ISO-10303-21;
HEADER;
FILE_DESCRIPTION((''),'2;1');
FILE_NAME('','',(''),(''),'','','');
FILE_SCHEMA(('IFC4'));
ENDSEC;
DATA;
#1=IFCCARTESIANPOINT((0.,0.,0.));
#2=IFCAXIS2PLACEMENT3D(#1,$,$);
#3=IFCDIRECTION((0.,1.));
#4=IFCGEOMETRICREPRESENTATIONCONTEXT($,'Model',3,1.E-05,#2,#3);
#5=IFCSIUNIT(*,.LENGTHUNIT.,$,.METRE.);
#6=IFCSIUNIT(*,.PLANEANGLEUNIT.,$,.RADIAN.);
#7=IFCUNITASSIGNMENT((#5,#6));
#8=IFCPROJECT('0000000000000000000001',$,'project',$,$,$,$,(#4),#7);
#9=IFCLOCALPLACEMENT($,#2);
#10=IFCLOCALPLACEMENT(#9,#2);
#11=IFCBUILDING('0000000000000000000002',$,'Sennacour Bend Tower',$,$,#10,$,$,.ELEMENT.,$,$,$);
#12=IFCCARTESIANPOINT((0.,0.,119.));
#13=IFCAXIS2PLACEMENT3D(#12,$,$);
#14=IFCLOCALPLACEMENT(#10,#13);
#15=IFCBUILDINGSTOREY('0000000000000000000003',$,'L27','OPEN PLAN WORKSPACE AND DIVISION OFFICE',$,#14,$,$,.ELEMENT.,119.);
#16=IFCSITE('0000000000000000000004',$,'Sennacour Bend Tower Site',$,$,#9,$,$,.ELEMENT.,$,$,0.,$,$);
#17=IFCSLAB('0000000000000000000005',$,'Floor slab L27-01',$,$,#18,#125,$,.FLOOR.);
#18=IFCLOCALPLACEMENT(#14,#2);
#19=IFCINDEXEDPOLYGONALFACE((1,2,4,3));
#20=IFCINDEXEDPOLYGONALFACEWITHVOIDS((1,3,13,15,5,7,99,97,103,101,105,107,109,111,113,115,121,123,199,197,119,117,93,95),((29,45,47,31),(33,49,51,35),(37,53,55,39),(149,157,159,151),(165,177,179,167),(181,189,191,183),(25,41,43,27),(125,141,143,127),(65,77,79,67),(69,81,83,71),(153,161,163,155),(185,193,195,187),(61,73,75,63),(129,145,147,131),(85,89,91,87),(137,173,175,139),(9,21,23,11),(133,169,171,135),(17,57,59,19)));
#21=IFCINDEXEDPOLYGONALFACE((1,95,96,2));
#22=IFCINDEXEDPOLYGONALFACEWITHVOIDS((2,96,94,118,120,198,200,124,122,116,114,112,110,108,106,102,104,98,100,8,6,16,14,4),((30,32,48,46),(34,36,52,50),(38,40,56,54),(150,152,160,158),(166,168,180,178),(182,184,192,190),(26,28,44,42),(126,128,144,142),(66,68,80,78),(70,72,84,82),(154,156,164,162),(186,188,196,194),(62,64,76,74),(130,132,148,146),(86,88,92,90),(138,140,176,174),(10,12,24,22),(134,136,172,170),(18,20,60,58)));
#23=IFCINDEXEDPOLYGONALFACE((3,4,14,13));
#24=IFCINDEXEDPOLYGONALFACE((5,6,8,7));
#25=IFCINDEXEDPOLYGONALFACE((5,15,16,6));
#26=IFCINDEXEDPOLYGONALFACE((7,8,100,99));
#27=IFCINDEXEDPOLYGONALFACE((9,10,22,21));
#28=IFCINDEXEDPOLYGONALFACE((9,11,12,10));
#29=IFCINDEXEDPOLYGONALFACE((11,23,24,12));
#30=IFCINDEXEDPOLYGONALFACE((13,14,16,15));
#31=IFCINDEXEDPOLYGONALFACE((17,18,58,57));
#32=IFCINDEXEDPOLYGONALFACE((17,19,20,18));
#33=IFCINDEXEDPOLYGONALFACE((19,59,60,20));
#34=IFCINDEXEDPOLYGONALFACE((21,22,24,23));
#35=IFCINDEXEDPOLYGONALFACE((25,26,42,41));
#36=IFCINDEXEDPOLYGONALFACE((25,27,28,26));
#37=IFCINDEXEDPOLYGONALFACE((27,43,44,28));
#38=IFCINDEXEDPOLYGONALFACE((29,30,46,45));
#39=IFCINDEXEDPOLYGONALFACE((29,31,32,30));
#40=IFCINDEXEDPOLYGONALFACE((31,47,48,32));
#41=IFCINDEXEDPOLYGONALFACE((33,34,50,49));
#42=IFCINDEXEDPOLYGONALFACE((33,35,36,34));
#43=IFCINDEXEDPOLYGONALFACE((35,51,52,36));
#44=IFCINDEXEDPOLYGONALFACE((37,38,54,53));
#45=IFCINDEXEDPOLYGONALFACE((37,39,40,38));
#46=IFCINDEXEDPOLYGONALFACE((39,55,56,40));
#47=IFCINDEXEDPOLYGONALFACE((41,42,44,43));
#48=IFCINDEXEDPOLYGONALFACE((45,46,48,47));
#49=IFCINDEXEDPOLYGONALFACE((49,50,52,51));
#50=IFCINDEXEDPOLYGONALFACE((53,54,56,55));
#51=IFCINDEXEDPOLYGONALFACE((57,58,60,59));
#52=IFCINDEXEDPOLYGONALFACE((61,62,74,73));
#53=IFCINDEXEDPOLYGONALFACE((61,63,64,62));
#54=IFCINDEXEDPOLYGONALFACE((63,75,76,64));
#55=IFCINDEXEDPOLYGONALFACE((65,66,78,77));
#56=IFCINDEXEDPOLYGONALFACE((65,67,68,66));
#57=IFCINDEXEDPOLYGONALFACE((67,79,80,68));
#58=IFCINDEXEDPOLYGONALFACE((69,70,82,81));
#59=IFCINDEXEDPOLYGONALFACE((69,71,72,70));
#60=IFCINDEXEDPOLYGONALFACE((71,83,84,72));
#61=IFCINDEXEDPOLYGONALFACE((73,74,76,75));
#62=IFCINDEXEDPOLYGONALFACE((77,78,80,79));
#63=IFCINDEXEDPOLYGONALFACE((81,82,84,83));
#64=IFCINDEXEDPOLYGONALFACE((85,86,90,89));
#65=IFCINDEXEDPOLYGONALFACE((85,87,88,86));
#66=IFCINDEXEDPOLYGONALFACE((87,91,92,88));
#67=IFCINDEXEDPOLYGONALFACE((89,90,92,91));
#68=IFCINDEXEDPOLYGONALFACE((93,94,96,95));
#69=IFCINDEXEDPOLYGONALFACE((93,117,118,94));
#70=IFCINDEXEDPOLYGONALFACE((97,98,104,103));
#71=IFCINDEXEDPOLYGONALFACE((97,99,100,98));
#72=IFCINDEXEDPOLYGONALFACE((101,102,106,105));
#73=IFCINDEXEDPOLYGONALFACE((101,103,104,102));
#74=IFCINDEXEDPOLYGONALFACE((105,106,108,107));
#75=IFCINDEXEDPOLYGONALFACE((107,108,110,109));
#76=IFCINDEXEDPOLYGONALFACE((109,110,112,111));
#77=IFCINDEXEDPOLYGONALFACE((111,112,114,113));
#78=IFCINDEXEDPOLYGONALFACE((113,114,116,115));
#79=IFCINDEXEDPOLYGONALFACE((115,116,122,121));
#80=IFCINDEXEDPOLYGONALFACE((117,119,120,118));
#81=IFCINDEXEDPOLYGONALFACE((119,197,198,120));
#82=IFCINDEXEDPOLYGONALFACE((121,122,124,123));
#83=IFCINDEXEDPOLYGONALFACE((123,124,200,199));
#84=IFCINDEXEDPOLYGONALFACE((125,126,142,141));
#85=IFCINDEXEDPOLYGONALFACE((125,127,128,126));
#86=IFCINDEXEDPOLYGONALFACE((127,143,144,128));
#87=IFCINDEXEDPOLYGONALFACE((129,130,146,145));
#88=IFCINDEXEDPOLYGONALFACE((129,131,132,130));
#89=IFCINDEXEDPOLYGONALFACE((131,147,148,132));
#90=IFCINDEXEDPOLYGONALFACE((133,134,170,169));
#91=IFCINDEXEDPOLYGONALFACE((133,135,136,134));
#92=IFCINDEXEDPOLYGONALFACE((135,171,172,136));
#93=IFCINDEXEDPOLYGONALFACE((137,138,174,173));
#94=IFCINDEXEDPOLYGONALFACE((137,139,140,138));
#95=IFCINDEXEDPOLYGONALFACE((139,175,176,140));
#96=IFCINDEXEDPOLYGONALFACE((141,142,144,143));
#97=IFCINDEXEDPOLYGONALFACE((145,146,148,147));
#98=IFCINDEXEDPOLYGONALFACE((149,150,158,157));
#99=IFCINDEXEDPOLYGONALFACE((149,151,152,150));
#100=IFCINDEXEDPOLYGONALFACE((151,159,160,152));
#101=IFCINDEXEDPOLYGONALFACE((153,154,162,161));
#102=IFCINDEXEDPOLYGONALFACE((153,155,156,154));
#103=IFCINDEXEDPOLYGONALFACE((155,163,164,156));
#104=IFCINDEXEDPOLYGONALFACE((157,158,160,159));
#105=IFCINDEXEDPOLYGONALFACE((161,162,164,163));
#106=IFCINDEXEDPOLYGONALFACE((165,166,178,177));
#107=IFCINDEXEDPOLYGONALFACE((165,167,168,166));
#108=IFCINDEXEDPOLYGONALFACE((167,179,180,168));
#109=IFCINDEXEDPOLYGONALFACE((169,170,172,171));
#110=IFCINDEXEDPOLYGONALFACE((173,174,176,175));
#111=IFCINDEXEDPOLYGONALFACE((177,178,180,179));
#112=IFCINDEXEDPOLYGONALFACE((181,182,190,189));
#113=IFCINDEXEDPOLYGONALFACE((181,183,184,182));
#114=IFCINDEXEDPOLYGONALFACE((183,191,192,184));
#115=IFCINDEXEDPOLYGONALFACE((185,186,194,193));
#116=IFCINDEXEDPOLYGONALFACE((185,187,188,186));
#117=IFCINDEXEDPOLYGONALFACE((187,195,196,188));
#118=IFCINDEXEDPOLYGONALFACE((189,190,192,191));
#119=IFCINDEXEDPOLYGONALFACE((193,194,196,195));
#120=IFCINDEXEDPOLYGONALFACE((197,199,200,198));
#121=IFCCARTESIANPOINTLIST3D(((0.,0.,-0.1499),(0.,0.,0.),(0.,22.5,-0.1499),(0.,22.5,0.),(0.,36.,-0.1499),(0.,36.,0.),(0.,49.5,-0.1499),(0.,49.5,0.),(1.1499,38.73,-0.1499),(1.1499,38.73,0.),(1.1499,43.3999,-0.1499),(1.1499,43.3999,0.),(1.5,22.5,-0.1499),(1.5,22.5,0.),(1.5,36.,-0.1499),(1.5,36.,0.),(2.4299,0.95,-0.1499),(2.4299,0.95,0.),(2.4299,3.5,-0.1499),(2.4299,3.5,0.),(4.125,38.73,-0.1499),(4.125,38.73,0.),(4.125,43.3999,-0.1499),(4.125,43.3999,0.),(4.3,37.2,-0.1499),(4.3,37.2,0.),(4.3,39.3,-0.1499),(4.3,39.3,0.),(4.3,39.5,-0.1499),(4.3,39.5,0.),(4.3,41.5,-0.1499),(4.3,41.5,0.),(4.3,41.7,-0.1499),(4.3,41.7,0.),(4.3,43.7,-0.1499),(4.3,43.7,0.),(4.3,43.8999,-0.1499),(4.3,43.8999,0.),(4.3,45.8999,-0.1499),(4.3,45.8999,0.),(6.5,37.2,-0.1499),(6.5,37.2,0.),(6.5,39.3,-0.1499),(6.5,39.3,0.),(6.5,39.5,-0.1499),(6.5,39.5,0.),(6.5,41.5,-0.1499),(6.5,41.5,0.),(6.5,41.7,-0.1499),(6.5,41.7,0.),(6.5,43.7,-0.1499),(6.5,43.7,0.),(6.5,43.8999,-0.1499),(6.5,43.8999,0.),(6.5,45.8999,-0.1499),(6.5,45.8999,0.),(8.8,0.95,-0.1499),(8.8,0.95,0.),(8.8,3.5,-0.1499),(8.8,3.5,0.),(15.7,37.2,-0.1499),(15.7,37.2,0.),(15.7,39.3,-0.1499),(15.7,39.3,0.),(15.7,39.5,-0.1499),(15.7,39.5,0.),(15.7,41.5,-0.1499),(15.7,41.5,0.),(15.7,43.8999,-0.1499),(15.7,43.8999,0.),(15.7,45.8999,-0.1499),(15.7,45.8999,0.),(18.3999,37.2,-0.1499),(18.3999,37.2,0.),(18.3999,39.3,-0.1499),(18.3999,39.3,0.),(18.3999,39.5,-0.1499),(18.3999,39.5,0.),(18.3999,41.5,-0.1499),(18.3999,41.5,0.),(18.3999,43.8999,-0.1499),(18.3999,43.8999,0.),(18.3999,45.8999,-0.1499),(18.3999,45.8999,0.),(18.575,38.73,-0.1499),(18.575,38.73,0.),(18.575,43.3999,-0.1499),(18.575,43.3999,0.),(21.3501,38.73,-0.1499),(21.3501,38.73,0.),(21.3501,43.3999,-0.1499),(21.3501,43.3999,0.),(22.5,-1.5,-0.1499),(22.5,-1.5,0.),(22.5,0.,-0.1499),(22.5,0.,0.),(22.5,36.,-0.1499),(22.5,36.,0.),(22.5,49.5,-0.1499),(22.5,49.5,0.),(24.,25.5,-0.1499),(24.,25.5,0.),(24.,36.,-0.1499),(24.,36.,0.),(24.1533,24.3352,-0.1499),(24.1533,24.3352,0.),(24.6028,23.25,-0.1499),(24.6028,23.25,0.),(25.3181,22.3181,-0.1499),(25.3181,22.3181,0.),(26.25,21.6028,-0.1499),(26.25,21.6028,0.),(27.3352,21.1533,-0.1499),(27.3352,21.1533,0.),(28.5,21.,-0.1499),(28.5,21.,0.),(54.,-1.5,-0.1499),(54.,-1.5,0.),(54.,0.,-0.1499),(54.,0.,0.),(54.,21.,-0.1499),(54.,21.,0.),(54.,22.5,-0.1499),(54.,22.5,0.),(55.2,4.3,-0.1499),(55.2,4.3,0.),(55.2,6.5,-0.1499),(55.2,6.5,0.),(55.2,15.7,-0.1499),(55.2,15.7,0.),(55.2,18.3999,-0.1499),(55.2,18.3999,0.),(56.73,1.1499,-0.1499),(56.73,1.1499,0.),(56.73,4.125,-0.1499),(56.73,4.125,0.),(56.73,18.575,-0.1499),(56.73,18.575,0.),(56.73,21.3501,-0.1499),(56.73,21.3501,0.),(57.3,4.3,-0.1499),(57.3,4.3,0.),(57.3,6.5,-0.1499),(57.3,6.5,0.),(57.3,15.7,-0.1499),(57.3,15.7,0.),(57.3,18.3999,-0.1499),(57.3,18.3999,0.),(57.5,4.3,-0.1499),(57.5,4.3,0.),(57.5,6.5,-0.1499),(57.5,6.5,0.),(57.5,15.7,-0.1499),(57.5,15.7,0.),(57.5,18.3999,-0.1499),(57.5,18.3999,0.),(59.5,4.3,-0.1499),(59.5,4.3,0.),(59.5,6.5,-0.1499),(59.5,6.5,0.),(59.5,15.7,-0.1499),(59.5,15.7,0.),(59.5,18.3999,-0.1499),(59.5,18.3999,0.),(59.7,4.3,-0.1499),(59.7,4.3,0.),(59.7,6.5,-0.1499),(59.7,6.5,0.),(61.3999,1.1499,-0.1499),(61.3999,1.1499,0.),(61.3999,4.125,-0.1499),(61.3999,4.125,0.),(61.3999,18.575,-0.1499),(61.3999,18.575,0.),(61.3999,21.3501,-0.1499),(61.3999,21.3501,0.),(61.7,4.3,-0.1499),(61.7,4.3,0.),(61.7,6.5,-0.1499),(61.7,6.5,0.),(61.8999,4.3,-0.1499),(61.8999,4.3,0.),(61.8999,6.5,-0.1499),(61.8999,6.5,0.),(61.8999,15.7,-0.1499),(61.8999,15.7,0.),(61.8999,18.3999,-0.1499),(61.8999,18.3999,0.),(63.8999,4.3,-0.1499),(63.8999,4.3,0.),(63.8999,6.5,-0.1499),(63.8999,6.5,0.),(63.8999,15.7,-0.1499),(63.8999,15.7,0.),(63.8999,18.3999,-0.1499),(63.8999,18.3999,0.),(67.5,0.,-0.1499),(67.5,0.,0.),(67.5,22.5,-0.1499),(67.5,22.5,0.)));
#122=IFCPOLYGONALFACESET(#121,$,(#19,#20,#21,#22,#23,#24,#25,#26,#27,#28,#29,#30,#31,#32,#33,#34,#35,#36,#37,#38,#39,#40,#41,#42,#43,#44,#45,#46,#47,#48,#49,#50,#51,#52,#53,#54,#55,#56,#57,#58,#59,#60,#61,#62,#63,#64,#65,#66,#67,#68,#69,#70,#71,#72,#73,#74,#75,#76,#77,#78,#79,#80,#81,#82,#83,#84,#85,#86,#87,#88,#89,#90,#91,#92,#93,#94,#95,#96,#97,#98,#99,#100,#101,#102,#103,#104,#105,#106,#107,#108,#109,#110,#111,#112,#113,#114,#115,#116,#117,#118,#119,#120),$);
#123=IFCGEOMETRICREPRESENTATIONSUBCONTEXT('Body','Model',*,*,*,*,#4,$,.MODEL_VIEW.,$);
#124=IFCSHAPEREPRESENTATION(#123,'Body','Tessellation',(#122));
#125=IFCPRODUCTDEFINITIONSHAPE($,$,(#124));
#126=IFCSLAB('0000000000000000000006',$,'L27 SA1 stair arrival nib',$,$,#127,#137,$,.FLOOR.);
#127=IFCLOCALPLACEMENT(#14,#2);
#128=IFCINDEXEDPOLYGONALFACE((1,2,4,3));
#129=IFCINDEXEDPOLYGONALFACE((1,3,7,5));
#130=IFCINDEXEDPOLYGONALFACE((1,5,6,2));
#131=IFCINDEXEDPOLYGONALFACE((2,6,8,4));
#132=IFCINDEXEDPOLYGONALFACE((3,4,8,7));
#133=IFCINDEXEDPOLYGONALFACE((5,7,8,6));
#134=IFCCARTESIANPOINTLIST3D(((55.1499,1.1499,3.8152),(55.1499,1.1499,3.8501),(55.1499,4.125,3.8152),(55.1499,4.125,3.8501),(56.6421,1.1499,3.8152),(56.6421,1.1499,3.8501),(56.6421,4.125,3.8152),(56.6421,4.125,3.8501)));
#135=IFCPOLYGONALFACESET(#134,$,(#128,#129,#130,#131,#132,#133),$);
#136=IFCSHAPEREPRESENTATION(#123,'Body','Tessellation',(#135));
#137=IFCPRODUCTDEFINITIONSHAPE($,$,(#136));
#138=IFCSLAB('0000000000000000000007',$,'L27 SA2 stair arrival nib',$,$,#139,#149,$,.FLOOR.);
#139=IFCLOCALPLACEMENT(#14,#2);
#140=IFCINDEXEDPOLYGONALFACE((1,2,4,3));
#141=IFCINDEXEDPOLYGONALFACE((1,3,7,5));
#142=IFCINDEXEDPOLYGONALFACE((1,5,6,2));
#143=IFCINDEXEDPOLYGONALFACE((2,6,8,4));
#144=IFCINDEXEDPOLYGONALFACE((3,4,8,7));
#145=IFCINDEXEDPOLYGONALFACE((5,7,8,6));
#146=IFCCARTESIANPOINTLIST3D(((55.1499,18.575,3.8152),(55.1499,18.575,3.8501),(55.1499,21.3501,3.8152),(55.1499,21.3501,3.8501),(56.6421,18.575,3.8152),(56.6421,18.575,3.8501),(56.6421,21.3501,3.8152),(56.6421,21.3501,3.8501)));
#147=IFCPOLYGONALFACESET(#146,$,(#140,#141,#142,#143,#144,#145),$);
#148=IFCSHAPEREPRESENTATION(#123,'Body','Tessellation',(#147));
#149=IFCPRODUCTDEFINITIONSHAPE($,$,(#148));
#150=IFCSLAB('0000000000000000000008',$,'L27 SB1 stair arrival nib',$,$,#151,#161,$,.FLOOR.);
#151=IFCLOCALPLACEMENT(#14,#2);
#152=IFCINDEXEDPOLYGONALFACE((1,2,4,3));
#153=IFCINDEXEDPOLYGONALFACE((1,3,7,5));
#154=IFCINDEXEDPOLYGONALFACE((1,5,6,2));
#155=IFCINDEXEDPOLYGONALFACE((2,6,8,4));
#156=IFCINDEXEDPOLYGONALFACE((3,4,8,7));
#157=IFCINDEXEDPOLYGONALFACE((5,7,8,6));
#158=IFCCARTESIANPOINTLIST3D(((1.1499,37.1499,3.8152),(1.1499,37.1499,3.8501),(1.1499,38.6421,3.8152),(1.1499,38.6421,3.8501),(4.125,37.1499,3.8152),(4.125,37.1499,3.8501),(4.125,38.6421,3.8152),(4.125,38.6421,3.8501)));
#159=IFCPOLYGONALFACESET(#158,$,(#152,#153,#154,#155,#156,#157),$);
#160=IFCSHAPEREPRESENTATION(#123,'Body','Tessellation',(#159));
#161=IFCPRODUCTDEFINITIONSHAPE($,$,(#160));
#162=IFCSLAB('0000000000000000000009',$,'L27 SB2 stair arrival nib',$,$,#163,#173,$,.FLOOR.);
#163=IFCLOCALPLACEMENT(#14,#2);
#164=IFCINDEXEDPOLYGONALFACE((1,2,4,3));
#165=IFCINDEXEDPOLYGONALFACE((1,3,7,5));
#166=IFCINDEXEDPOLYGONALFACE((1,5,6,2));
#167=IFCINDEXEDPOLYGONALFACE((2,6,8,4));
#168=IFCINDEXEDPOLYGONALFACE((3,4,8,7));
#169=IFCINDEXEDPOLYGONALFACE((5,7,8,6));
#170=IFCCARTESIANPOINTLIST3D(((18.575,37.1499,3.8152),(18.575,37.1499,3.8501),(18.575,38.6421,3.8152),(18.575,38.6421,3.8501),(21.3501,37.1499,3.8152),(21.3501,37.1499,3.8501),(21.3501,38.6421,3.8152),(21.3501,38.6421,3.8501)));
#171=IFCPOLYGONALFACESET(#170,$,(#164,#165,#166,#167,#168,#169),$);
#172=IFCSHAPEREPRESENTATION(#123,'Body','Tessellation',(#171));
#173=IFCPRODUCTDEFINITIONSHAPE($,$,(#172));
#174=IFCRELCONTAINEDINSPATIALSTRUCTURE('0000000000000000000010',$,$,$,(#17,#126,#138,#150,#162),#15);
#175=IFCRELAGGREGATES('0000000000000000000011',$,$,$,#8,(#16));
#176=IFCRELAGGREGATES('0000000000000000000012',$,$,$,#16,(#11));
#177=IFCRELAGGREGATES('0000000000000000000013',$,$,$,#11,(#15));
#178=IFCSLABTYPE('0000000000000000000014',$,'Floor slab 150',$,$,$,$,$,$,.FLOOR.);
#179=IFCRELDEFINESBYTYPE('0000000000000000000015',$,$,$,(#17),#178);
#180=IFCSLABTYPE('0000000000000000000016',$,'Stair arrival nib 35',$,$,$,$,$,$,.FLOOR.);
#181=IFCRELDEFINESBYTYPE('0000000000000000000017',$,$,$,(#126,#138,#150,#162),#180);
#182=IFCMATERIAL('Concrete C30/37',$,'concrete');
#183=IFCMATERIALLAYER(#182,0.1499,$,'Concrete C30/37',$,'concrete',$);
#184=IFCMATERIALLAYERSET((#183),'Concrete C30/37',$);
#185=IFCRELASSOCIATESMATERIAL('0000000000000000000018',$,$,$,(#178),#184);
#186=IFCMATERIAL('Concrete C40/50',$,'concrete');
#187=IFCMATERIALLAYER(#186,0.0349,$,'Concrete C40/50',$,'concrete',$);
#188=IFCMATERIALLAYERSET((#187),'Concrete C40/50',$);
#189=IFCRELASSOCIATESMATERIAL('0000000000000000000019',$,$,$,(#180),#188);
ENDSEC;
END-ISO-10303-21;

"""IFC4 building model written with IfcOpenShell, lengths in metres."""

from ifc_helpers import new_model, si_unit, direction, frame, origin, place, context, subcontext, project, spatial, polyline, outline, extrude, material, layer, layer_set, type_object, element, save


model = new_model("IFC4")

# Units and contexts
model_context = context("Model", 3, precision=1e-05, world=origin(), true_north=direction((0.0, 1.0)))
body_context = subcontext(model_context, "Body", "Model", "MODEL_VIEW")
ifc_project = project(units=[si_unit("LENGTHUNIT", "METRE"), si_unit("PLANEANGLEUNIT", "RADIAN")], contexts=[model_context])

# Site, building, storey
site_placement = place(None, origin())
site = spatial("IfcSite", under=ifc_project, at=site_placement, Name="Sennacour Bend Tower Site", CompositionType="ELEMENT", RefElevation=0.0)
building_placement = place(site_placement, origin())
building = spatial("IfcBuilding", under=site, at=building_placement, Name="Sennacour Bend Tower", CompositionType="ELEMENT")
storey_placement = place(building_placement, frame((0.0, 0.0, 119.0)))
storey = spatial("IfcBuildingStorey", under=building, at=storey_placement, Name="L27", Description="OPEN PLAN WORKSPACE AND DIVISION OFFICE", CompositionType="ELEMENT", Elevation=119.0)

# Slabs
ifc_material_1 = material(Name="Concrete C30/37", Category="concrete")
ifc_layer_1 = layer(ifc_material_1, 0.1499, Name="Concrete C30/37", Category="concrete")
ifc_layer_set_1 = layer_set([ifc_layer_1], Name="Concrete C30/37")
slab_type_1 = type_object("IfcSlabType", Name="Floor slab 150", PredefinedType="FLOOR", material=ifc_layer_set_1)
slab_1_placement = place(storey_placement, frame((0.0, 0.0, -0.1499)))
element("IfcSlab", 1, at=slab_1_placement, inside=storey, type_object=slab_type_1, Name="Floor slab L27-01", PredefinedType="FLOOR", context=body_context, shape_type="SweptSolid", body=[
    extrude(outline(polyline([(22.5, 0.0), (0.0, 0.0), (0.0, 22.5), (1.5, 22.5), (1.5, 36.0), (0.0, 36.0), (0.0, 49.5), (22.5, 49.5), (22.5, 36.0), (24.0, 36.0), (24.0, 25.5), (24.1533, 24.3352), (24.6028, 23.25), (25.3181, 22.3181), (26.25, 21.6028), (27.3352, 21.1533), (28.5, 21.0), (54.0, 21.0), (54.0, 22.5), (67.5, 22.5), (67.5, 0.0), (54.0, 0.0), (54.0, -1.5), (22.5, -1.5), (22.5, 0.0)]), holes=[polyline([(8.8, 0.95), (8.8, 3.5), (2.4299, 3.5), (2.4299, 0.95), (8.8, 0.95)]), polyline([(6.5, 37.2), (6.5, 39.3), (4.3, 39.3), (4.3, 37.2), (6.5, 37.2)]), polyline([(18.3999, 37.2), (18.3999, 39.3), (15.7, 39.3), (15.7, 37.2), (18.3999, 37.2)]), polyline([(6.5, 39.5), (6.5, 41.5), (4.3, 41.5), (4.3, 39.5), (6.5, 39.5)]), polyline([(18.3999, 39.5), (18.3999, 41.5), (15.7, 41.5), (15.7, 39.5), (18.3999, 39.5)]), polyline([(4.125, 38.73), (4.125, 43.3999), (1.1499, 43.3999), (1.1499, 38.73), (4.125, 38.73)]), polyline([(21.3501, 38.73), (21.3501, 43.3999), (18.575, 43.3999), (18.575, 38.73), (21.3501, 38.73)]), polyline([(4.3, 41.7), (6.5, 41.7), (6.5, 43.7), (4.3, 43.7), (4.3, 41.7)]), polyline([(4.3, 43.8999), (6.5, 43.8999), (6.5, 45.8999), (4.3, 45.8999), (4.3, 43.8999)]), polyline([(18.3999, 43.8999), (18.3999, 45.8999), (15.7, 45.8999), (15.7, 43.8999), (18.3999, 43.8999)]), polyline([(61.3999, 1.1499), (61.3999, 4.125), (56.73, 4.125), (56.73, 1.1499), (61.3999, 1.1499)]), polyline([(57.3, 4.3), (57.3, 6.5), (55.2, 6.5), (55.2, 4.3), (57.3, 4.3)]), polyline([(57.5, 4.3), (59.5, 4.3), (59.5, 6.5), (57.5, 6.5), (57.5, 4.3)]), polyline([(59.7, 4.3), (61.7, 4.3), (61.7, 6.5), (59.7, 6.5), (59.7, 4.3)]), polyline([(63.8999, 4.3), (63.8999, 6.5), (61.8999, 6.5), (61.8999, 4.3), (63.8999, 4.3)]), polyline([(57.3, 15.7), (57.3, 18.3999), (55.2, 18.3999), (55.2, 15.7), (57.3, 15.7)]), polyline([(59.5, 15.7), (59.5, 18.3999), (57.5, 18.3999), (57.5, 15.7), (59.5, 15.7)]), polyline([(61.8999, 15.7), (63.8999, 15.7), (63.8999, 18.3999), (61.8999, 18.3999), (61.8999, 15.7)]), polyline([(56.73, 18.575), (61.3999, 18.575), (61.3999, 21.3501), (56.73, 21.3501), (56.73, 18.575)])]), origin(), (0.0, 0.0, 1.0), 0.1499),
])
ifc_material_2 = material(Name="Concrete C40/50", Category="concrete")
ifc_layer_2 = layer(ifc_material_2, 0.0349, Name="Concrete C40/50", Category="concrete")
ifc_layer_set_2 = layer_set([ifc_layer_2], Name="Concrete C40/50")
slab_type_2 = type_object("IfcSlabType", Name="Stair arrival nib 35", PredefinedType="FLOOR", material=ifc_layer_set_2)
slab_2_placement = place(storey_placement, frame((0.0, 0.0, 3.8152)))
element("IfcSlab", 2, at=slab_2_placement, inside=storey, type_object=slab_type_2, Name="L27 SA1 stair arrival nib", PredefinedType="FLOOR", context=body_context, shape_type="SweptSolid", body=[
    extrude(outline(polyline([(56.6421, 4.125), (55.1499, 4.125), (55.1499, 1.1499), (56.6421, 1.1499), (56.6421, 4.125)])), origin(), (0.0, 0.0, 1.0), 0.0349),
])
slab_3_placement = place(storey_placement, frame((0.0, 0.0, 3.8152)))
element("IfcSlab", 3, at=slab_3_placement, inside=storey, type_object=slab_type_2, Name="L27 SA2 stair arrival nib", PredefinedType="FLOOR", context=body_context, shape_type="SweptSolid", body=[
    extrude(outline(polyline([(56.6421, 21.3501), (55.1499, 21.3501), (55.1499, 18.575), (56.6421, 18.575), (56.6421, 21.3501)])), origin(), (0.0, 0.0, 1.0), 0.0349),
])
slab_4_placement = place(storey_placement, frame((0.0, 0.0, 3.8152)))
element("IfcSlab", 4, at=slab_4_placement, inside=storey, type_object=slab_type_2, Name="L27 SB1 stair arrival nib", PredefinedType="FLOOR", context=body_context, shape_type="SweptSolid", body=[
    extrude(outline(polyline([(1.1499, 38.6421), (1.1499, 37.1499), (4.125, 37.1499), (4.125, 38.6421), (1.1499, 38.6421)])), origin(), (0.0, 0.0, 1.0), 0.0349),
])
slab_5_placement = place(storey_placement, frame((0.0, 0.0, 3.8152)))
element("IfcSlab", 5, at=slab_5_placement, inside=storey, type_object=slab_type_2, Name="L27 SB2 stair arrival nib", PredefinedType="FLOOR", context=body_context, shape_type="SweptSolid", body=[
    extrude(outline(polyline([(18.575, 38.6421), (18.575, 37.1499), (21.3501, 37.1499), (21.3501, 38.6421), (18.575, 38.6421)])), origin(), (0.0, 0.0, 1.0), 0.0349),
])

save(model, "model.ifc")
